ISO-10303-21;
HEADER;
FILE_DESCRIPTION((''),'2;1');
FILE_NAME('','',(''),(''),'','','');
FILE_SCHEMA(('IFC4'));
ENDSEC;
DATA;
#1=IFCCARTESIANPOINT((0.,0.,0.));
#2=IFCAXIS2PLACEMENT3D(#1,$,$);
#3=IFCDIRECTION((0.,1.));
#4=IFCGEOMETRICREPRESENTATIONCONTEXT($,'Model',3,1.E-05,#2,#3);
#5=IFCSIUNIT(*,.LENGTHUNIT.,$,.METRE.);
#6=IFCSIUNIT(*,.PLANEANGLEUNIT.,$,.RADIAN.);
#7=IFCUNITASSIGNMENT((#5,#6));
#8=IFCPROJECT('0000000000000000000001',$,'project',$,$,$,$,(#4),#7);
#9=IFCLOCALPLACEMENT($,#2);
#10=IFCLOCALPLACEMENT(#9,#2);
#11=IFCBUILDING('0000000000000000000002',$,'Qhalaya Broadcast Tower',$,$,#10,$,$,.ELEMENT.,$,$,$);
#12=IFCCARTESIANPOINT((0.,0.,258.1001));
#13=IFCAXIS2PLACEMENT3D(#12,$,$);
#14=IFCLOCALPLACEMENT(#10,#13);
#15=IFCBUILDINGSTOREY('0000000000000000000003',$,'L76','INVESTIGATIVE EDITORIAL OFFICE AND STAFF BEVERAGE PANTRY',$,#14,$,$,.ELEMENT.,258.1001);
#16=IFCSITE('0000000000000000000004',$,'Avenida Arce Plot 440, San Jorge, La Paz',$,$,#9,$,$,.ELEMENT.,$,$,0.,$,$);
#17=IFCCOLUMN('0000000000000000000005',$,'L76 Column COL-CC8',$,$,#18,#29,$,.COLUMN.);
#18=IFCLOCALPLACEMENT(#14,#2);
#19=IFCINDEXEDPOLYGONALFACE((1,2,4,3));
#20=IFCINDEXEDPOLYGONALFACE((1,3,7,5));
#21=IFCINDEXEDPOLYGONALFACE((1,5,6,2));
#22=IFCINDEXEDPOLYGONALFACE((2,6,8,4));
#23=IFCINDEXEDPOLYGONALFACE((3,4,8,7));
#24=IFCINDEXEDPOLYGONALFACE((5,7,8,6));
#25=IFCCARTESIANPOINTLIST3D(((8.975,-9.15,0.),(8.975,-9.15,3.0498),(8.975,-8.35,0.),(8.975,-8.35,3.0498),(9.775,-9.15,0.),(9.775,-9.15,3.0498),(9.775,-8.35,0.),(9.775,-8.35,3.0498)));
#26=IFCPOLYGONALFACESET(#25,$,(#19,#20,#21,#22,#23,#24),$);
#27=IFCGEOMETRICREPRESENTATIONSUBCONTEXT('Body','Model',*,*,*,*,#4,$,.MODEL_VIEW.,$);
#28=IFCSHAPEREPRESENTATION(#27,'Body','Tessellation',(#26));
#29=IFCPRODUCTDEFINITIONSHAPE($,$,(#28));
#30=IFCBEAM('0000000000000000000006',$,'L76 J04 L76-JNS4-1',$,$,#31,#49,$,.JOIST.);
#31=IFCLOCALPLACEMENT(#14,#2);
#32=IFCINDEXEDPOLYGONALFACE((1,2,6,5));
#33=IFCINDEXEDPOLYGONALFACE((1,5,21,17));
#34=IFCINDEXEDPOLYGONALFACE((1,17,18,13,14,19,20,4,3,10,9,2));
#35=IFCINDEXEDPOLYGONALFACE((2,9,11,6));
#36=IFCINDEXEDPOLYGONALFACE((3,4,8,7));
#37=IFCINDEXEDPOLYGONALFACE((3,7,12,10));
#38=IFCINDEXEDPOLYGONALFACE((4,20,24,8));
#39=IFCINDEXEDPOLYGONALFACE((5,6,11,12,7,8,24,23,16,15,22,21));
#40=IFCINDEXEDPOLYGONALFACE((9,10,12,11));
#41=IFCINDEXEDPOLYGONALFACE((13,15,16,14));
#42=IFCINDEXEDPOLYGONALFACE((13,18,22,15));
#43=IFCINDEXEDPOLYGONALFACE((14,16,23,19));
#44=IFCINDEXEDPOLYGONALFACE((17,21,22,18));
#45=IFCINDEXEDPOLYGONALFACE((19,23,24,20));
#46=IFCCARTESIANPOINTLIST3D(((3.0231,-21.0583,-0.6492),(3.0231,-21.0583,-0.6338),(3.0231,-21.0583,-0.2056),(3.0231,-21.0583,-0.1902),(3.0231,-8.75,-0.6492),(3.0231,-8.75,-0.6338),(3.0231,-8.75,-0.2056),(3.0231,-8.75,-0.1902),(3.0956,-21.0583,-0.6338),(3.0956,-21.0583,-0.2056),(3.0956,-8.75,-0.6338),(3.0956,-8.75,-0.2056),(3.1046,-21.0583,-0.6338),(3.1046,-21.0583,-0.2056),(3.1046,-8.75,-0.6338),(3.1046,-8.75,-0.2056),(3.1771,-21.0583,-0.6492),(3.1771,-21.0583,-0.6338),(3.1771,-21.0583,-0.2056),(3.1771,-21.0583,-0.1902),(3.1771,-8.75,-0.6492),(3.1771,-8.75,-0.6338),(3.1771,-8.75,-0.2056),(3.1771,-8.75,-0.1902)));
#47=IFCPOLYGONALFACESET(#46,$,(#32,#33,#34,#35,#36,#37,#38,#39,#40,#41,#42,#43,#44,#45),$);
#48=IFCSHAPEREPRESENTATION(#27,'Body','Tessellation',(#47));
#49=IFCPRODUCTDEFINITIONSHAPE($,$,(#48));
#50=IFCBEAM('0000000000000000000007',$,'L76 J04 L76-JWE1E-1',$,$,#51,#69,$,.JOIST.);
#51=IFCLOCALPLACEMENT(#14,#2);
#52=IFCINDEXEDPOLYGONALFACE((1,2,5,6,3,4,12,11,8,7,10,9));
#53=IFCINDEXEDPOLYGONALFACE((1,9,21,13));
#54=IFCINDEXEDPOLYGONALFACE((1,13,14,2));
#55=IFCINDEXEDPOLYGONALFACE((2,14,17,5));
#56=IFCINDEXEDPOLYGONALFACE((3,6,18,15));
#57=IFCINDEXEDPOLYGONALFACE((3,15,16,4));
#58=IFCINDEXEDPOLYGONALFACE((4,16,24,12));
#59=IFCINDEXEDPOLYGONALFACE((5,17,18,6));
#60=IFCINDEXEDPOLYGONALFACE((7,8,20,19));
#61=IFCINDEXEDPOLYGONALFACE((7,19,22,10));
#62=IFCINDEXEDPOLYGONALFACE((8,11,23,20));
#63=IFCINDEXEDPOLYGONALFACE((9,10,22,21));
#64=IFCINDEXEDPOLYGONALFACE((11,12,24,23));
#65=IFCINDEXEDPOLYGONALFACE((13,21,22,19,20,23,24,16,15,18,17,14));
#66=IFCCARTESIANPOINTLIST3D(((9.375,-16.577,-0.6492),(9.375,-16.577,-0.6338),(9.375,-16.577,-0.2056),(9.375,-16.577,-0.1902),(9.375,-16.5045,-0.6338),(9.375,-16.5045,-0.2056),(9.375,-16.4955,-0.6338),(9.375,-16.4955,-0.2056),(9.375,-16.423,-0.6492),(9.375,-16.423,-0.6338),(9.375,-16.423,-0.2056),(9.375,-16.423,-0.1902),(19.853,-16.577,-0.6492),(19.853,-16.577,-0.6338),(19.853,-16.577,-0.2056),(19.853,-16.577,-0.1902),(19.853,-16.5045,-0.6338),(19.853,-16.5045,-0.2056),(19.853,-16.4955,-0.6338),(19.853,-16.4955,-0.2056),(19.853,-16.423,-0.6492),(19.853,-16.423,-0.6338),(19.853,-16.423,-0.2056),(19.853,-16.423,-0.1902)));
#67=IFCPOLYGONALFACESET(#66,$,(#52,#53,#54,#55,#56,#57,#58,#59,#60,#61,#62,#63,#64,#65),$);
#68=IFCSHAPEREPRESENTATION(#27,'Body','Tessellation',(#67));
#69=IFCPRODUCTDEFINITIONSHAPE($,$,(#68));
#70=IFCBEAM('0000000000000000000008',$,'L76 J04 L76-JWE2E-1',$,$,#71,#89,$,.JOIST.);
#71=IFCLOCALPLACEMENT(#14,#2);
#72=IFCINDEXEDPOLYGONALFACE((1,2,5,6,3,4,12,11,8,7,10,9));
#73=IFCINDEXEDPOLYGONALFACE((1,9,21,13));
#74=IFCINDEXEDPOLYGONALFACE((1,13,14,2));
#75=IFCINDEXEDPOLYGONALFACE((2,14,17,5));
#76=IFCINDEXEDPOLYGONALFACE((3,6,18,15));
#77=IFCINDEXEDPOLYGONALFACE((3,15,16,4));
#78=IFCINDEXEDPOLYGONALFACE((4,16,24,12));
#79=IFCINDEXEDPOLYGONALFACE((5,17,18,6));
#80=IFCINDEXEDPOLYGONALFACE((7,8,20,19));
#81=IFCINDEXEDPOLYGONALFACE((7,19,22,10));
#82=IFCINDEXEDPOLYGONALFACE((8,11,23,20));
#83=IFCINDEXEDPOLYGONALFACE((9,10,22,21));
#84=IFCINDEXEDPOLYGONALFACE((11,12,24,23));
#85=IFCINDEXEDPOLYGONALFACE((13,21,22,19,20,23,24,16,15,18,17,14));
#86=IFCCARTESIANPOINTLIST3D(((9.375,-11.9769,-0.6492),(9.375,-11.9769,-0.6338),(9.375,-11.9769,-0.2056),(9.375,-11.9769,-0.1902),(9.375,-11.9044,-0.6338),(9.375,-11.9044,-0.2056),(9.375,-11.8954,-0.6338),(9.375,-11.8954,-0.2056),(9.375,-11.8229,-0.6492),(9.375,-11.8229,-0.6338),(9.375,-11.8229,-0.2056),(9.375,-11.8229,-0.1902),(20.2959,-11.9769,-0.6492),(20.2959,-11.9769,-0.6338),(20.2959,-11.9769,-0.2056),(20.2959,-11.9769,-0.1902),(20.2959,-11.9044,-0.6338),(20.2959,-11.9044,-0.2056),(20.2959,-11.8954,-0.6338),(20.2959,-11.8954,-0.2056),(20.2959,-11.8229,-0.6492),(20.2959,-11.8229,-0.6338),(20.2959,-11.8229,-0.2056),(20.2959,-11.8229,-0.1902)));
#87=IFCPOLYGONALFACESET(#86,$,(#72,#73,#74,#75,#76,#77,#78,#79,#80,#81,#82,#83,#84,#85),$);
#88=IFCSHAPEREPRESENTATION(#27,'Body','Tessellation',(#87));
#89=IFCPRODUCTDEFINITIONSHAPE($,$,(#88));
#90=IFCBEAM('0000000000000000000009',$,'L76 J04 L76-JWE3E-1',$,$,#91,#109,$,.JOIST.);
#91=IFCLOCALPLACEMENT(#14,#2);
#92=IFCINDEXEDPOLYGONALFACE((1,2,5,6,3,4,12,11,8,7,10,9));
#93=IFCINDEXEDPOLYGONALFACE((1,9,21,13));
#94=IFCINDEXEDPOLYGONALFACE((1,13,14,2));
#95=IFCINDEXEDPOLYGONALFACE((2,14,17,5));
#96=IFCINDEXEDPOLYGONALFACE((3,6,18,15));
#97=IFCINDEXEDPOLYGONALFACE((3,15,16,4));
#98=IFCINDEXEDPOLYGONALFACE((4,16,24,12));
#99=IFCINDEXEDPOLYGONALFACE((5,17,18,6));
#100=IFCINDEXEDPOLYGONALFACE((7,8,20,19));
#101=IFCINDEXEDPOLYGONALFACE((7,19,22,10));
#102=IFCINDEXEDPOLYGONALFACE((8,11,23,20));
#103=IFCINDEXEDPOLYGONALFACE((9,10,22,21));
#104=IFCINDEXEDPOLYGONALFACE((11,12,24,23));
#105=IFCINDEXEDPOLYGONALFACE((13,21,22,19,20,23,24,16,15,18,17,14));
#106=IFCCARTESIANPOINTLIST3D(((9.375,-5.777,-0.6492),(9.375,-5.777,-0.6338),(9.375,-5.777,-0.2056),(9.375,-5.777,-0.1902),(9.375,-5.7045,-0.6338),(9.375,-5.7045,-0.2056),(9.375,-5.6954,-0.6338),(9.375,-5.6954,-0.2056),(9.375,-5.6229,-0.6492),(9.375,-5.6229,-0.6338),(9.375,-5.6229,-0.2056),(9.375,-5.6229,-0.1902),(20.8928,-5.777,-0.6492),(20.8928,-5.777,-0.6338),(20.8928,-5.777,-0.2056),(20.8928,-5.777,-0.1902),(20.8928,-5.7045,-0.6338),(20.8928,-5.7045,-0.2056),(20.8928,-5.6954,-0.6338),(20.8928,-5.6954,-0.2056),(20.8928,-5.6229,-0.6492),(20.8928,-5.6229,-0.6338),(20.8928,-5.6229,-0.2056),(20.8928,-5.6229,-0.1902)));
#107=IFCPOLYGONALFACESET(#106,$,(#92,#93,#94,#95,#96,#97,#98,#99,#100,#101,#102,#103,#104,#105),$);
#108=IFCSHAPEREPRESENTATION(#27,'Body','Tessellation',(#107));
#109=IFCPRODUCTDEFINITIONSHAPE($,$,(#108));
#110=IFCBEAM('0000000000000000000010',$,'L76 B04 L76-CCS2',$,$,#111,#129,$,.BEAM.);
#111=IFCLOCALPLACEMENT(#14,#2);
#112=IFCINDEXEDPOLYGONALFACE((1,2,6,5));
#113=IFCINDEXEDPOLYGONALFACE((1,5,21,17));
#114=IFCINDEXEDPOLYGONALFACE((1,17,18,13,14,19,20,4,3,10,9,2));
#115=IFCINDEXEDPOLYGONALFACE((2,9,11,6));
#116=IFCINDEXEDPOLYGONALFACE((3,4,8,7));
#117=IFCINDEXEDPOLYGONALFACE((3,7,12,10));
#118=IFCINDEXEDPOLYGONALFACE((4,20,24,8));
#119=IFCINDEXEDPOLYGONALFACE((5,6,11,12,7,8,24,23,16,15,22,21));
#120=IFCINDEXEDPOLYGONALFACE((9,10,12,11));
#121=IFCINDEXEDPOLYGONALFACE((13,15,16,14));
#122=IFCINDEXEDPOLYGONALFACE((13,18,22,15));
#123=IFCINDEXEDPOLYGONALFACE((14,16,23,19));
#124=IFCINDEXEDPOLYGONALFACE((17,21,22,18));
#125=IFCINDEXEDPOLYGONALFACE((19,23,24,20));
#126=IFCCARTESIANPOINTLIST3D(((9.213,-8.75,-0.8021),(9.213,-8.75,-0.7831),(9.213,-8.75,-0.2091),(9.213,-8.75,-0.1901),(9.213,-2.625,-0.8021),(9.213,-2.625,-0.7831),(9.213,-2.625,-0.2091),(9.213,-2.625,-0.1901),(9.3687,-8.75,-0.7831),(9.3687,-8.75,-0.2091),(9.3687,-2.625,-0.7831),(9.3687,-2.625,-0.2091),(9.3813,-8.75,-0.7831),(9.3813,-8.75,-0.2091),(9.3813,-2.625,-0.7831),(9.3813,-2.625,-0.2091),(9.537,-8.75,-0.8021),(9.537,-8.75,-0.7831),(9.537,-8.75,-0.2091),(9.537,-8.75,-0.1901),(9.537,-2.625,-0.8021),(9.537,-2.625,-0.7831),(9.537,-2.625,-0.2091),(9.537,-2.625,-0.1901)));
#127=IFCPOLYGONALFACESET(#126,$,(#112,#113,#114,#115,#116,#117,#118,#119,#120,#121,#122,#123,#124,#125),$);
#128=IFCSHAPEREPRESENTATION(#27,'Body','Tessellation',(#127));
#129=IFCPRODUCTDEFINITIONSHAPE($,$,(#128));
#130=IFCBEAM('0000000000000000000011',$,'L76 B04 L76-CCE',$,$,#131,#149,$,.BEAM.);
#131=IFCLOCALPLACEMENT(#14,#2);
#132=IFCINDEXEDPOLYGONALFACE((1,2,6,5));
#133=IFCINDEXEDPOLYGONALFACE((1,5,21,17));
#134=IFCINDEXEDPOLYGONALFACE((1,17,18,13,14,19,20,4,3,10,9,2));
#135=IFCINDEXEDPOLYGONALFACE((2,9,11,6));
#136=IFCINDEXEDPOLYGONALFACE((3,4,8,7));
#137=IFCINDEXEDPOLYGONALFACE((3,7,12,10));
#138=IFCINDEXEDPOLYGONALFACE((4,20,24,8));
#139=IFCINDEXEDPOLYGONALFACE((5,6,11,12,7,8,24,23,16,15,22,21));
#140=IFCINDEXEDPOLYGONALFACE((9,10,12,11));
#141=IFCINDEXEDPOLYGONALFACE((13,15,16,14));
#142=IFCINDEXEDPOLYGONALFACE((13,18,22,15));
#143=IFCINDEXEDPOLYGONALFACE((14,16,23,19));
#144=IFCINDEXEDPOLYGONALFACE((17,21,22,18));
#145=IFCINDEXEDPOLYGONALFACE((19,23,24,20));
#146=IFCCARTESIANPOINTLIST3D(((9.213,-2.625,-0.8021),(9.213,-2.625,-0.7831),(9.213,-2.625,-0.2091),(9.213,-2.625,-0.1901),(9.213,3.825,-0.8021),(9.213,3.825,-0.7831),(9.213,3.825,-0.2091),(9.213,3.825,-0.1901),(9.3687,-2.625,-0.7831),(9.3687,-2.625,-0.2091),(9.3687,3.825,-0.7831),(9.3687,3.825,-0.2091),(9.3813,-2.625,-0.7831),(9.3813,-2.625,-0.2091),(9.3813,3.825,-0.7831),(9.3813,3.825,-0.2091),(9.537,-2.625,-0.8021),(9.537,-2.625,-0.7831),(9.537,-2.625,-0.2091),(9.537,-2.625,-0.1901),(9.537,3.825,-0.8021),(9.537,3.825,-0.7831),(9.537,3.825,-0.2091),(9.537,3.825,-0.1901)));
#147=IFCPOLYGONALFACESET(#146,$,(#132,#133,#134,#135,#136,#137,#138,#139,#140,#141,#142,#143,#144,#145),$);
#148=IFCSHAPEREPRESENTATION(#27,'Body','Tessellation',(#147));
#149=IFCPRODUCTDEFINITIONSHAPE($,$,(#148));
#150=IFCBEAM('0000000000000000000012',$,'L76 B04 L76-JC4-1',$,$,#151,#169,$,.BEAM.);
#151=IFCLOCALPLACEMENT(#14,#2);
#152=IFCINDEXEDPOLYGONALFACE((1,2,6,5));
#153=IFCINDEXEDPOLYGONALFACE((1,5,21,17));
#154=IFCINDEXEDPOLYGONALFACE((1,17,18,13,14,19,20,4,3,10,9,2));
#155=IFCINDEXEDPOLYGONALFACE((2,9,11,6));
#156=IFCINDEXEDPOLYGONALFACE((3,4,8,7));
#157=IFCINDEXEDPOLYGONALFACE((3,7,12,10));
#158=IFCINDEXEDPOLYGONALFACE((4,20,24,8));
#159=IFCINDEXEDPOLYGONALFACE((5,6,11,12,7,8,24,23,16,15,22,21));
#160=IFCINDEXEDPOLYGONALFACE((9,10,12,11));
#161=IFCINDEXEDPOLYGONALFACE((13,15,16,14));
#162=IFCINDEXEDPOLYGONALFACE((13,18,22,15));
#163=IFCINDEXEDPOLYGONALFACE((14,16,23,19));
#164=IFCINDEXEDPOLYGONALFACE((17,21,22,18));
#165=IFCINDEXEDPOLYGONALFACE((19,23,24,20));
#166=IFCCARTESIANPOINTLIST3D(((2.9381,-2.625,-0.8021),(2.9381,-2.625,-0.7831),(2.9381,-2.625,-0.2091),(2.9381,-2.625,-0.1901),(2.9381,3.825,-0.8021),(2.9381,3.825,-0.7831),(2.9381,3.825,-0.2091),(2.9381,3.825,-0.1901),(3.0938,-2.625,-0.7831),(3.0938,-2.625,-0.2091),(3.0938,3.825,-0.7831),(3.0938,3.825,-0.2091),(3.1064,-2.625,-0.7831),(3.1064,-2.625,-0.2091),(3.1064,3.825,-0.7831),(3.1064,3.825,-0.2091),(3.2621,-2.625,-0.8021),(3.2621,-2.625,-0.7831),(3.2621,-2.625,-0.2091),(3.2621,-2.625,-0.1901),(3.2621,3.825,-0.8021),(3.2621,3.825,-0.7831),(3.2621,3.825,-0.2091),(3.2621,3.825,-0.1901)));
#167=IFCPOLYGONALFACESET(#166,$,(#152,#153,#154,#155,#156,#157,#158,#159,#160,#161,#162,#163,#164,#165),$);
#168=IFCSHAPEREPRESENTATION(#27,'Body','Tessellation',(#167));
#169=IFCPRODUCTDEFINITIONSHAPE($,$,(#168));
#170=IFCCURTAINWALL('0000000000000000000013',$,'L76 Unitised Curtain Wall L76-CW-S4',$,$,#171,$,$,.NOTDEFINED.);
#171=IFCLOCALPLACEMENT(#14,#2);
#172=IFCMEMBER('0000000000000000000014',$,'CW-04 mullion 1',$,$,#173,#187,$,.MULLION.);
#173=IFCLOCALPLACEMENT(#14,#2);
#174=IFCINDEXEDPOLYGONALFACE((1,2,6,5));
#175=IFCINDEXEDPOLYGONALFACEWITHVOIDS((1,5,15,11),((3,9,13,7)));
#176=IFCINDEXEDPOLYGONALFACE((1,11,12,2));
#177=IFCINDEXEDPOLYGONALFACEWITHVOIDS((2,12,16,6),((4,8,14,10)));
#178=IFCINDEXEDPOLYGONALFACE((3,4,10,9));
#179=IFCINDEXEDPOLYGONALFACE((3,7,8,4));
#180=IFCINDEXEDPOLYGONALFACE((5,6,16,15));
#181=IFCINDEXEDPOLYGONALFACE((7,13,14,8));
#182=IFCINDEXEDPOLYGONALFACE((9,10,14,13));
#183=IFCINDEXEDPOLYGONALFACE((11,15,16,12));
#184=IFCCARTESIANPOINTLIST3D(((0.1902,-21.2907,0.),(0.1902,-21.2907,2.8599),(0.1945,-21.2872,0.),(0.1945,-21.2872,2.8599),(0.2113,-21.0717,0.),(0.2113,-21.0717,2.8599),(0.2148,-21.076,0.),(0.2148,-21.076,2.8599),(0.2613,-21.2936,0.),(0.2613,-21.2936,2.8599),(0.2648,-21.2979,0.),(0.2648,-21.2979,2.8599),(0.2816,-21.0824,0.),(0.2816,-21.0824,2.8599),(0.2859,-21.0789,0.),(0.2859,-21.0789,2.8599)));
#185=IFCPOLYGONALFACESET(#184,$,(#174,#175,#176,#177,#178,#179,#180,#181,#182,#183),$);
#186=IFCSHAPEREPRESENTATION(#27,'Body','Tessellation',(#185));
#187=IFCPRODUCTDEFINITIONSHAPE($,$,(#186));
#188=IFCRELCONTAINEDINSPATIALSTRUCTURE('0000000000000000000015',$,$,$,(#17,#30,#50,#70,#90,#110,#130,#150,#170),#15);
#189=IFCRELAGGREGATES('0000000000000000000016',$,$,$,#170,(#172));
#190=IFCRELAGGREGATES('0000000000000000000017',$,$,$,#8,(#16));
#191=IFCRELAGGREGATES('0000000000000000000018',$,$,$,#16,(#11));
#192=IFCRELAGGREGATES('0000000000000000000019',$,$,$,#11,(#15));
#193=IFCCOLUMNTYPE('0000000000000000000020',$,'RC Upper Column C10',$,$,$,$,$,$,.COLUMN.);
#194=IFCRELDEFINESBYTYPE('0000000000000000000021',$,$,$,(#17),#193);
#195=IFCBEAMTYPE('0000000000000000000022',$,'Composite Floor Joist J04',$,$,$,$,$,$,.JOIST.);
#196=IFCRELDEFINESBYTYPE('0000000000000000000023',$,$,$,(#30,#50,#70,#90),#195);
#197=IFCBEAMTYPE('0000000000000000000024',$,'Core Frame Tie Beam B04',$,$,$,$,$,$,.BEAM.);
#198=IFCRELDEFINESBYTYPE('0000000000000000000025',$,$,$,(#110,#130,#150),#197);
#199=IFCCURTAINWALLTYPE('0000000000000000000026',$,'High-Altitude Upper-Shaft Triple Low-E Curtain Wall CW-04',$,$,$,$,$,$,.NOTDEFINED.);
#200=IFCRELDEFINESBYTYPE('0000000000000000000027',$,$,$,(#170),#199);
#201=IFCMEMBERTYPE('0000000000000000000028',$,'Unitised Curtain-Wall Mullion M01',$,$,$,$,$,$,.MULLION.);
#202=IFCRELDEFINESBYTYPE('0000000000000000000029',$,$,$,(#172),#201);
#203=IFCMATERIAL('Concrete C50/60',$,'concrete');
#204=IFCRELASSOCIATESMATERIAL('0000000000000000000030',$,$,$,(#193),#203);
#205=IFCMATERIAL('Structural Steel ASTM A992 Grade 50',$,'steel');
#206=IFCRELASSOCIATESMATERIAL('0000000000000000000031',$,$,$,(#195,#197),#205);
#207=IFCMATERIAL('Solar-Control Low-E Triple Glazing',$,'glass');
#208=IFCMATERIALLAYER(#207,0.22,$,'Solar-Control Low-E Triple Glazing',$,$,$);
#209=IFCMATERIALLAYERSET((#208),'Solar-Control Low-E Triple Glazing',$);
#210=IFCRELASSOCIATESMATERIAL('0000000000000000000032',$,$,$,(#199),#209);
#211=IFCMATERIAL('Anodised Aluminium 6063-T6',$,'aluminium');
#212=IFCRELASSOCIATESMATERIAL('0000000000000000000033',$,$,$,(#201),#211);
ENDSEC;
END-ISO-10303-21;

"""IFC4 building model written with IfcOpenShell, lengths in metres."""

from ifc_helpers import new_model, si_unit, direction, frame, origin, origin_2d, place, context, subcontext, project, spatial, rectangle, hollow_rectangle, i_section, extrude, material, layer, layer_set, material_profile, profile_set, type_object, element, aggregate, save


model = new_model("IFC4")

# Units and contexts
model_context = context("Model", 3, precision=1e-05, world=origin(), true_north=direction((0.0, 1.0)))
body_context = subcontext(model_context, "Body", "Model", "MODEL_VIEW")
ifc_project = project(units=[si_unit("LENGTHUNIT", "METRE"), si_unit("PLANEANGLEUNIT", "RADIAN")], contexts=[model_context])

# Site, building, storey
site_placement = place(None, origin())
site = spatial("IfcSite", under=ifc_project, at=site_placement, Name="Avenida Arce Plot 440, San Jorge, La Paz", CompositionType="ELEMENT", RefElevation=0.0)
building_placement = place(site_placement, origin())
building = spatial("IfcBuilding", under=site, at=building_placement, Name="Qhalaya Broadcast Tower", CompositionType="ELEMENT")
storey_placement = place(building_placement, frame((0.0, 0.0, 258.1001)))
storey = spatial("IfcBuildingStorey", under=building, at=storey_placement, Name="L76", Description="INVESTIGATIVE EDITORIAL OFFICE AND STAFF BEVERAGE PANTRY", CompositionType="ELEMENT", Elevation=258.1001)

# Column
ifc_material_1 = material(Name="Concrete C50/60", Category="concrete")
ifc_material_profile_1 = material_profile(ifc_material_1, rectangle(XDim=0.8, YDim=0.8, at=origin_2d()), Name="RC-COL 800x800")
ifc_profile_set_1 = profile_set([ifc_material_profile_1], Name="Concrete C50/60")
column_type = type_object("IfcColumnType", Name="RC Upper Column C10", PredefinedType="COLUMN", material=ifc_profile_set_1)
column_placement = place(storey_placement, frame((9.375, -8.75, 0.0), z_axis=(0.0, 0.0, 1.0), x_axis=(1.0, 0.0, 0.0)))
element("IfcColumn", 1, at=column_placement, inside=storey, type_object=column_type, Name="L76 Column COL-CC8", PredefinedType="COLUMN", context=body_context, shape_type="SweptSolid", body=[
    extrude(rectangle(XDim=0.8, YDim=0.8, at=origin_2d()), origin(), (0.0, 0.0, 1.0), 3.0498),
])

# Beams
ifc_material_2 = material(Name="Structural Steel ASTM A992 Grade 50", Category="steel")
ifc_material_profile_2 = material_profile(ifc_material_2, i_section(OverallWidth=0.1541, OverallDepth=0.459, WebThickness=0.009, FlangeThickness=0.0154, at=origin_2d()), Name="W18X46")
ifc_profile_set_2 = profile_set([ifc_material_profile_2], Name="Structural Steel ASTM A992 Grade 50")
beam_type_1 = type_object("IfcBeamType", Name="Composite Floor Joist J04", PredefinedType="JOIST", material=ifc_profile_set_2)
beam_1_placement = place(storey_placement, frame((3.1001, -21.0583, -0.4197), z_axis=(0.0, 1.0, 0.0), x_axis=(-1.0, 0.0, 0.0)))
element("IfcBeam", 2, at=beam_1_placement, inside=storey, type_object=beam_type_1, Name="L76 J04 L76-JNS4-1", PredefinedType="JOIST", context=body_context, shape_type="SweptSolid", body=[
    extrude(i_section(OverallWidth=0.1541, OverallDepth=0.459, WebThickness=0.009, FlangeThickness=0.0154, at=origin_2d()), origin(), (0.0, 0.0, 1.0), 12.3083),
])
beam_2_placement = place(storey_placement, frame((9.375, -16.5, -0.4197), z_axis=(1.0, 0.0, 0.0), x_axis=(0.0, 1.0, 0.0)))
element("IfcBeam", 3, at=beam_2_placement, inside=storey, type_object=beam_type_1, Name="L76 J04 L76-JWE1E-1", PredefinedType="JOIST", context=body_context, shape_type="SweptSolid", body=[
    extrude(i_section(OverallWidth=0.1541, OverallDepth=0.459, WebThickness=0.009, FlangeThickness=0.0154, at=origin_2d()), origin(), (0.0, 0.0, 1.0), 10.478),
])
beam_3_placement = place(storey_placement, frame((9.375, -11.8999, -0.4197), z_axis=(1.0, 0.0, 0.0), x_axis=(0.0, 1.0, 0.0)))
element("IfcBeam", 4, at=beam_3_placement, inside=storey, type_object=beam_type_1, Name="L76 J04 L76-JWE2E-1", PredefinedType="JOIST", context=body_context, shape_type="SweptSolid", body=[
    extrude(i_section(OverallWidth=0.1541, OverallDepth=0.459, WebThickness=0.009, FlangeThickness=0.0154, at=origin_2d()), origin(), (0.0, 0.0, 1.0), 10.9209),
])
beam_4_placement = place(storey_placement, frame((9.375, -5.7, -0.4197), z_axis=(1.0, 0.0, 0.0), x_axis=(0.0, 1.0, 0.0)))
element("IfcBeam", 5, at=beam_4_placement, inside=storey, type_object=beam_type_1, Name="L76 J04 L76-JWE3E-1", PredefinedType="JOIST", context=body_context, shape_type="SweptSolid", body=[
    extrude(i_section(OverallWidth=0.1541, OverallDepth=0.459, WebThickness=0.009, FlangeThickness=0.0154, at=origin_2d()), origin(), (0.0, 0.0, 1.0), 11.5178),
])
ifc_material_profile_3 = material_profile(ifc_material_2, i_section(OverallWidth=0.324, OverallDepth=0.6121, WebThickness=0.0127, FlangeThickness=0.019, at=origin_2d()), Name="W24X104")
ifc_profile_set_3 = profile_set([ifc_material_profile_3], Name="Structural Steel ASTM A992 Grade 50")
beam_type_2 = type_object("IfcBeamType", Name="Core Frame Tie Beam B04", PredefinedType="BEAM", material=ifc_profile_set_3)
beam_5_placement = place(storey_placement, frame((9.375, -8.75, -0.4961), z_axis=(0.0, 1.0, 0.0), x_axis=(-1.0, 0.0, 0.0)))
element("IfcBeam", 6, at=beam_5_placement, inside=storey, type_object=beam_type_2, Name="L76 B04 L76-CCS2", PredefinedType="BEAM", context=body_context, shape_type="SweptSolid", body=[
    extrude(i_section(OverallWidth=0.324, OverallDepth=0.6121, WebThickness=0.0127, FlangeThickness=0.019, at=origin_2d()), origin(), (0.0, 0.0, 1.0), 6.125),
])
for number, where, z_axis, x_axis, name in (
    (7, (9.375, -2.625, -0.4961), (0.0, 1.0, 0.0), (-1.0, 0.0, 0.0), "L76 B04 L76-CCE"),
    (8, (3.1001, -2.625, -0.4961), (0.0, 1.0, 0.0), (-1.0, 0.0, 0.0), "L76 B04 L76-JC4-1"),
):
    element("IfcBeam", number, at=place(storey_placement, frame(where, z_axis=z_axis, x_axis=x_axis)), inside=storey, type_object=beam_type_2, Name=name, PredefinedType="BEAM", context=body_context, shape_type="SweptSolid", body=[
        extrude(i_section(OverallWidth=0.324, OverallDepth=0.6121, WebThickness=0.0127, FlangeThickness=0.019, at=origin_2d()), origin(), (0.0, 0.0, 1.0), 6.45),
    ])

# Curtain wall, member
ifc_material_3 = material(Name="Solar-Control Low-E Triple Glazing", Category="glass")
ifc_layer_1 = layer(ifc_material_3, 0.22, Name="Solar-Control Low-E Triple Glazing")
ifc_layer_set_1 = layer_set([ifc_layer_1], Name="Solar-Control Low-E Triple Glazing")
curtain_wall_type = type_object("IfcCurtainWallType", Name="High-Altitude Upper-Shaft Triple Low-E Curtain Wall CW-04", PredefinedType="NOTDEFINED", material=ifc_layer_set_1)
curtain_wall_placement = place(storey_placement, origin())
curtain_wall = element("IfcCurtainWall", 9, at=curtain_wall_placement, inside=storey, type_object=curtain_wall_type, Name="L76 Unitised Curtain Wall L76-CW-S4", PredefinedType="NOTDEFINED")
ifc_material_4 = material(Name="Anodised Aluminium 6063-T6", Category="aluminium")
ifc_material_profile_4 = material_profile(ifc_material_4, hollow_rectangle(XDim=0.075, YDim=0.22, WallThickness=0.0039, at=origin_2d()), Name="ALU-MUL 75x220x4")
ifc_profile_set_4 = profile_set([ifc_material_profile_4], Name="Anodised Aluminium 6063-T6")
member_type_1 = type_object("IfcMemberType", Name="Unitised Curtain-Wall Mullion M01", PredefinedType="MULLION", material=ifc_profile_set_4)
member_1_placement = place(storey_placement, frame((0.238, -21.1848, 0.0), z_axis=(0.0, 0.0, 1.0), x_axis=(0.995397, -0.095838, 0.0)))
member_1 = element("IfcMember", 10, at=member_1_placement, type_object=member_type_1, Name="CW-04 mullion 1", PredefinedType="MULLION", context=body_context, shape_type="SweptSolid", body=[
    extrude(hollow_rectangle(XDim=0.075, YDim=0.22, WallThickness=0.0039, at=origin_2d()), origin(), (0.0, 0.0, 1.0), 2.8599),
])
aggregate(curtain_wall, [member_1])

save(model, "model.ifc")
